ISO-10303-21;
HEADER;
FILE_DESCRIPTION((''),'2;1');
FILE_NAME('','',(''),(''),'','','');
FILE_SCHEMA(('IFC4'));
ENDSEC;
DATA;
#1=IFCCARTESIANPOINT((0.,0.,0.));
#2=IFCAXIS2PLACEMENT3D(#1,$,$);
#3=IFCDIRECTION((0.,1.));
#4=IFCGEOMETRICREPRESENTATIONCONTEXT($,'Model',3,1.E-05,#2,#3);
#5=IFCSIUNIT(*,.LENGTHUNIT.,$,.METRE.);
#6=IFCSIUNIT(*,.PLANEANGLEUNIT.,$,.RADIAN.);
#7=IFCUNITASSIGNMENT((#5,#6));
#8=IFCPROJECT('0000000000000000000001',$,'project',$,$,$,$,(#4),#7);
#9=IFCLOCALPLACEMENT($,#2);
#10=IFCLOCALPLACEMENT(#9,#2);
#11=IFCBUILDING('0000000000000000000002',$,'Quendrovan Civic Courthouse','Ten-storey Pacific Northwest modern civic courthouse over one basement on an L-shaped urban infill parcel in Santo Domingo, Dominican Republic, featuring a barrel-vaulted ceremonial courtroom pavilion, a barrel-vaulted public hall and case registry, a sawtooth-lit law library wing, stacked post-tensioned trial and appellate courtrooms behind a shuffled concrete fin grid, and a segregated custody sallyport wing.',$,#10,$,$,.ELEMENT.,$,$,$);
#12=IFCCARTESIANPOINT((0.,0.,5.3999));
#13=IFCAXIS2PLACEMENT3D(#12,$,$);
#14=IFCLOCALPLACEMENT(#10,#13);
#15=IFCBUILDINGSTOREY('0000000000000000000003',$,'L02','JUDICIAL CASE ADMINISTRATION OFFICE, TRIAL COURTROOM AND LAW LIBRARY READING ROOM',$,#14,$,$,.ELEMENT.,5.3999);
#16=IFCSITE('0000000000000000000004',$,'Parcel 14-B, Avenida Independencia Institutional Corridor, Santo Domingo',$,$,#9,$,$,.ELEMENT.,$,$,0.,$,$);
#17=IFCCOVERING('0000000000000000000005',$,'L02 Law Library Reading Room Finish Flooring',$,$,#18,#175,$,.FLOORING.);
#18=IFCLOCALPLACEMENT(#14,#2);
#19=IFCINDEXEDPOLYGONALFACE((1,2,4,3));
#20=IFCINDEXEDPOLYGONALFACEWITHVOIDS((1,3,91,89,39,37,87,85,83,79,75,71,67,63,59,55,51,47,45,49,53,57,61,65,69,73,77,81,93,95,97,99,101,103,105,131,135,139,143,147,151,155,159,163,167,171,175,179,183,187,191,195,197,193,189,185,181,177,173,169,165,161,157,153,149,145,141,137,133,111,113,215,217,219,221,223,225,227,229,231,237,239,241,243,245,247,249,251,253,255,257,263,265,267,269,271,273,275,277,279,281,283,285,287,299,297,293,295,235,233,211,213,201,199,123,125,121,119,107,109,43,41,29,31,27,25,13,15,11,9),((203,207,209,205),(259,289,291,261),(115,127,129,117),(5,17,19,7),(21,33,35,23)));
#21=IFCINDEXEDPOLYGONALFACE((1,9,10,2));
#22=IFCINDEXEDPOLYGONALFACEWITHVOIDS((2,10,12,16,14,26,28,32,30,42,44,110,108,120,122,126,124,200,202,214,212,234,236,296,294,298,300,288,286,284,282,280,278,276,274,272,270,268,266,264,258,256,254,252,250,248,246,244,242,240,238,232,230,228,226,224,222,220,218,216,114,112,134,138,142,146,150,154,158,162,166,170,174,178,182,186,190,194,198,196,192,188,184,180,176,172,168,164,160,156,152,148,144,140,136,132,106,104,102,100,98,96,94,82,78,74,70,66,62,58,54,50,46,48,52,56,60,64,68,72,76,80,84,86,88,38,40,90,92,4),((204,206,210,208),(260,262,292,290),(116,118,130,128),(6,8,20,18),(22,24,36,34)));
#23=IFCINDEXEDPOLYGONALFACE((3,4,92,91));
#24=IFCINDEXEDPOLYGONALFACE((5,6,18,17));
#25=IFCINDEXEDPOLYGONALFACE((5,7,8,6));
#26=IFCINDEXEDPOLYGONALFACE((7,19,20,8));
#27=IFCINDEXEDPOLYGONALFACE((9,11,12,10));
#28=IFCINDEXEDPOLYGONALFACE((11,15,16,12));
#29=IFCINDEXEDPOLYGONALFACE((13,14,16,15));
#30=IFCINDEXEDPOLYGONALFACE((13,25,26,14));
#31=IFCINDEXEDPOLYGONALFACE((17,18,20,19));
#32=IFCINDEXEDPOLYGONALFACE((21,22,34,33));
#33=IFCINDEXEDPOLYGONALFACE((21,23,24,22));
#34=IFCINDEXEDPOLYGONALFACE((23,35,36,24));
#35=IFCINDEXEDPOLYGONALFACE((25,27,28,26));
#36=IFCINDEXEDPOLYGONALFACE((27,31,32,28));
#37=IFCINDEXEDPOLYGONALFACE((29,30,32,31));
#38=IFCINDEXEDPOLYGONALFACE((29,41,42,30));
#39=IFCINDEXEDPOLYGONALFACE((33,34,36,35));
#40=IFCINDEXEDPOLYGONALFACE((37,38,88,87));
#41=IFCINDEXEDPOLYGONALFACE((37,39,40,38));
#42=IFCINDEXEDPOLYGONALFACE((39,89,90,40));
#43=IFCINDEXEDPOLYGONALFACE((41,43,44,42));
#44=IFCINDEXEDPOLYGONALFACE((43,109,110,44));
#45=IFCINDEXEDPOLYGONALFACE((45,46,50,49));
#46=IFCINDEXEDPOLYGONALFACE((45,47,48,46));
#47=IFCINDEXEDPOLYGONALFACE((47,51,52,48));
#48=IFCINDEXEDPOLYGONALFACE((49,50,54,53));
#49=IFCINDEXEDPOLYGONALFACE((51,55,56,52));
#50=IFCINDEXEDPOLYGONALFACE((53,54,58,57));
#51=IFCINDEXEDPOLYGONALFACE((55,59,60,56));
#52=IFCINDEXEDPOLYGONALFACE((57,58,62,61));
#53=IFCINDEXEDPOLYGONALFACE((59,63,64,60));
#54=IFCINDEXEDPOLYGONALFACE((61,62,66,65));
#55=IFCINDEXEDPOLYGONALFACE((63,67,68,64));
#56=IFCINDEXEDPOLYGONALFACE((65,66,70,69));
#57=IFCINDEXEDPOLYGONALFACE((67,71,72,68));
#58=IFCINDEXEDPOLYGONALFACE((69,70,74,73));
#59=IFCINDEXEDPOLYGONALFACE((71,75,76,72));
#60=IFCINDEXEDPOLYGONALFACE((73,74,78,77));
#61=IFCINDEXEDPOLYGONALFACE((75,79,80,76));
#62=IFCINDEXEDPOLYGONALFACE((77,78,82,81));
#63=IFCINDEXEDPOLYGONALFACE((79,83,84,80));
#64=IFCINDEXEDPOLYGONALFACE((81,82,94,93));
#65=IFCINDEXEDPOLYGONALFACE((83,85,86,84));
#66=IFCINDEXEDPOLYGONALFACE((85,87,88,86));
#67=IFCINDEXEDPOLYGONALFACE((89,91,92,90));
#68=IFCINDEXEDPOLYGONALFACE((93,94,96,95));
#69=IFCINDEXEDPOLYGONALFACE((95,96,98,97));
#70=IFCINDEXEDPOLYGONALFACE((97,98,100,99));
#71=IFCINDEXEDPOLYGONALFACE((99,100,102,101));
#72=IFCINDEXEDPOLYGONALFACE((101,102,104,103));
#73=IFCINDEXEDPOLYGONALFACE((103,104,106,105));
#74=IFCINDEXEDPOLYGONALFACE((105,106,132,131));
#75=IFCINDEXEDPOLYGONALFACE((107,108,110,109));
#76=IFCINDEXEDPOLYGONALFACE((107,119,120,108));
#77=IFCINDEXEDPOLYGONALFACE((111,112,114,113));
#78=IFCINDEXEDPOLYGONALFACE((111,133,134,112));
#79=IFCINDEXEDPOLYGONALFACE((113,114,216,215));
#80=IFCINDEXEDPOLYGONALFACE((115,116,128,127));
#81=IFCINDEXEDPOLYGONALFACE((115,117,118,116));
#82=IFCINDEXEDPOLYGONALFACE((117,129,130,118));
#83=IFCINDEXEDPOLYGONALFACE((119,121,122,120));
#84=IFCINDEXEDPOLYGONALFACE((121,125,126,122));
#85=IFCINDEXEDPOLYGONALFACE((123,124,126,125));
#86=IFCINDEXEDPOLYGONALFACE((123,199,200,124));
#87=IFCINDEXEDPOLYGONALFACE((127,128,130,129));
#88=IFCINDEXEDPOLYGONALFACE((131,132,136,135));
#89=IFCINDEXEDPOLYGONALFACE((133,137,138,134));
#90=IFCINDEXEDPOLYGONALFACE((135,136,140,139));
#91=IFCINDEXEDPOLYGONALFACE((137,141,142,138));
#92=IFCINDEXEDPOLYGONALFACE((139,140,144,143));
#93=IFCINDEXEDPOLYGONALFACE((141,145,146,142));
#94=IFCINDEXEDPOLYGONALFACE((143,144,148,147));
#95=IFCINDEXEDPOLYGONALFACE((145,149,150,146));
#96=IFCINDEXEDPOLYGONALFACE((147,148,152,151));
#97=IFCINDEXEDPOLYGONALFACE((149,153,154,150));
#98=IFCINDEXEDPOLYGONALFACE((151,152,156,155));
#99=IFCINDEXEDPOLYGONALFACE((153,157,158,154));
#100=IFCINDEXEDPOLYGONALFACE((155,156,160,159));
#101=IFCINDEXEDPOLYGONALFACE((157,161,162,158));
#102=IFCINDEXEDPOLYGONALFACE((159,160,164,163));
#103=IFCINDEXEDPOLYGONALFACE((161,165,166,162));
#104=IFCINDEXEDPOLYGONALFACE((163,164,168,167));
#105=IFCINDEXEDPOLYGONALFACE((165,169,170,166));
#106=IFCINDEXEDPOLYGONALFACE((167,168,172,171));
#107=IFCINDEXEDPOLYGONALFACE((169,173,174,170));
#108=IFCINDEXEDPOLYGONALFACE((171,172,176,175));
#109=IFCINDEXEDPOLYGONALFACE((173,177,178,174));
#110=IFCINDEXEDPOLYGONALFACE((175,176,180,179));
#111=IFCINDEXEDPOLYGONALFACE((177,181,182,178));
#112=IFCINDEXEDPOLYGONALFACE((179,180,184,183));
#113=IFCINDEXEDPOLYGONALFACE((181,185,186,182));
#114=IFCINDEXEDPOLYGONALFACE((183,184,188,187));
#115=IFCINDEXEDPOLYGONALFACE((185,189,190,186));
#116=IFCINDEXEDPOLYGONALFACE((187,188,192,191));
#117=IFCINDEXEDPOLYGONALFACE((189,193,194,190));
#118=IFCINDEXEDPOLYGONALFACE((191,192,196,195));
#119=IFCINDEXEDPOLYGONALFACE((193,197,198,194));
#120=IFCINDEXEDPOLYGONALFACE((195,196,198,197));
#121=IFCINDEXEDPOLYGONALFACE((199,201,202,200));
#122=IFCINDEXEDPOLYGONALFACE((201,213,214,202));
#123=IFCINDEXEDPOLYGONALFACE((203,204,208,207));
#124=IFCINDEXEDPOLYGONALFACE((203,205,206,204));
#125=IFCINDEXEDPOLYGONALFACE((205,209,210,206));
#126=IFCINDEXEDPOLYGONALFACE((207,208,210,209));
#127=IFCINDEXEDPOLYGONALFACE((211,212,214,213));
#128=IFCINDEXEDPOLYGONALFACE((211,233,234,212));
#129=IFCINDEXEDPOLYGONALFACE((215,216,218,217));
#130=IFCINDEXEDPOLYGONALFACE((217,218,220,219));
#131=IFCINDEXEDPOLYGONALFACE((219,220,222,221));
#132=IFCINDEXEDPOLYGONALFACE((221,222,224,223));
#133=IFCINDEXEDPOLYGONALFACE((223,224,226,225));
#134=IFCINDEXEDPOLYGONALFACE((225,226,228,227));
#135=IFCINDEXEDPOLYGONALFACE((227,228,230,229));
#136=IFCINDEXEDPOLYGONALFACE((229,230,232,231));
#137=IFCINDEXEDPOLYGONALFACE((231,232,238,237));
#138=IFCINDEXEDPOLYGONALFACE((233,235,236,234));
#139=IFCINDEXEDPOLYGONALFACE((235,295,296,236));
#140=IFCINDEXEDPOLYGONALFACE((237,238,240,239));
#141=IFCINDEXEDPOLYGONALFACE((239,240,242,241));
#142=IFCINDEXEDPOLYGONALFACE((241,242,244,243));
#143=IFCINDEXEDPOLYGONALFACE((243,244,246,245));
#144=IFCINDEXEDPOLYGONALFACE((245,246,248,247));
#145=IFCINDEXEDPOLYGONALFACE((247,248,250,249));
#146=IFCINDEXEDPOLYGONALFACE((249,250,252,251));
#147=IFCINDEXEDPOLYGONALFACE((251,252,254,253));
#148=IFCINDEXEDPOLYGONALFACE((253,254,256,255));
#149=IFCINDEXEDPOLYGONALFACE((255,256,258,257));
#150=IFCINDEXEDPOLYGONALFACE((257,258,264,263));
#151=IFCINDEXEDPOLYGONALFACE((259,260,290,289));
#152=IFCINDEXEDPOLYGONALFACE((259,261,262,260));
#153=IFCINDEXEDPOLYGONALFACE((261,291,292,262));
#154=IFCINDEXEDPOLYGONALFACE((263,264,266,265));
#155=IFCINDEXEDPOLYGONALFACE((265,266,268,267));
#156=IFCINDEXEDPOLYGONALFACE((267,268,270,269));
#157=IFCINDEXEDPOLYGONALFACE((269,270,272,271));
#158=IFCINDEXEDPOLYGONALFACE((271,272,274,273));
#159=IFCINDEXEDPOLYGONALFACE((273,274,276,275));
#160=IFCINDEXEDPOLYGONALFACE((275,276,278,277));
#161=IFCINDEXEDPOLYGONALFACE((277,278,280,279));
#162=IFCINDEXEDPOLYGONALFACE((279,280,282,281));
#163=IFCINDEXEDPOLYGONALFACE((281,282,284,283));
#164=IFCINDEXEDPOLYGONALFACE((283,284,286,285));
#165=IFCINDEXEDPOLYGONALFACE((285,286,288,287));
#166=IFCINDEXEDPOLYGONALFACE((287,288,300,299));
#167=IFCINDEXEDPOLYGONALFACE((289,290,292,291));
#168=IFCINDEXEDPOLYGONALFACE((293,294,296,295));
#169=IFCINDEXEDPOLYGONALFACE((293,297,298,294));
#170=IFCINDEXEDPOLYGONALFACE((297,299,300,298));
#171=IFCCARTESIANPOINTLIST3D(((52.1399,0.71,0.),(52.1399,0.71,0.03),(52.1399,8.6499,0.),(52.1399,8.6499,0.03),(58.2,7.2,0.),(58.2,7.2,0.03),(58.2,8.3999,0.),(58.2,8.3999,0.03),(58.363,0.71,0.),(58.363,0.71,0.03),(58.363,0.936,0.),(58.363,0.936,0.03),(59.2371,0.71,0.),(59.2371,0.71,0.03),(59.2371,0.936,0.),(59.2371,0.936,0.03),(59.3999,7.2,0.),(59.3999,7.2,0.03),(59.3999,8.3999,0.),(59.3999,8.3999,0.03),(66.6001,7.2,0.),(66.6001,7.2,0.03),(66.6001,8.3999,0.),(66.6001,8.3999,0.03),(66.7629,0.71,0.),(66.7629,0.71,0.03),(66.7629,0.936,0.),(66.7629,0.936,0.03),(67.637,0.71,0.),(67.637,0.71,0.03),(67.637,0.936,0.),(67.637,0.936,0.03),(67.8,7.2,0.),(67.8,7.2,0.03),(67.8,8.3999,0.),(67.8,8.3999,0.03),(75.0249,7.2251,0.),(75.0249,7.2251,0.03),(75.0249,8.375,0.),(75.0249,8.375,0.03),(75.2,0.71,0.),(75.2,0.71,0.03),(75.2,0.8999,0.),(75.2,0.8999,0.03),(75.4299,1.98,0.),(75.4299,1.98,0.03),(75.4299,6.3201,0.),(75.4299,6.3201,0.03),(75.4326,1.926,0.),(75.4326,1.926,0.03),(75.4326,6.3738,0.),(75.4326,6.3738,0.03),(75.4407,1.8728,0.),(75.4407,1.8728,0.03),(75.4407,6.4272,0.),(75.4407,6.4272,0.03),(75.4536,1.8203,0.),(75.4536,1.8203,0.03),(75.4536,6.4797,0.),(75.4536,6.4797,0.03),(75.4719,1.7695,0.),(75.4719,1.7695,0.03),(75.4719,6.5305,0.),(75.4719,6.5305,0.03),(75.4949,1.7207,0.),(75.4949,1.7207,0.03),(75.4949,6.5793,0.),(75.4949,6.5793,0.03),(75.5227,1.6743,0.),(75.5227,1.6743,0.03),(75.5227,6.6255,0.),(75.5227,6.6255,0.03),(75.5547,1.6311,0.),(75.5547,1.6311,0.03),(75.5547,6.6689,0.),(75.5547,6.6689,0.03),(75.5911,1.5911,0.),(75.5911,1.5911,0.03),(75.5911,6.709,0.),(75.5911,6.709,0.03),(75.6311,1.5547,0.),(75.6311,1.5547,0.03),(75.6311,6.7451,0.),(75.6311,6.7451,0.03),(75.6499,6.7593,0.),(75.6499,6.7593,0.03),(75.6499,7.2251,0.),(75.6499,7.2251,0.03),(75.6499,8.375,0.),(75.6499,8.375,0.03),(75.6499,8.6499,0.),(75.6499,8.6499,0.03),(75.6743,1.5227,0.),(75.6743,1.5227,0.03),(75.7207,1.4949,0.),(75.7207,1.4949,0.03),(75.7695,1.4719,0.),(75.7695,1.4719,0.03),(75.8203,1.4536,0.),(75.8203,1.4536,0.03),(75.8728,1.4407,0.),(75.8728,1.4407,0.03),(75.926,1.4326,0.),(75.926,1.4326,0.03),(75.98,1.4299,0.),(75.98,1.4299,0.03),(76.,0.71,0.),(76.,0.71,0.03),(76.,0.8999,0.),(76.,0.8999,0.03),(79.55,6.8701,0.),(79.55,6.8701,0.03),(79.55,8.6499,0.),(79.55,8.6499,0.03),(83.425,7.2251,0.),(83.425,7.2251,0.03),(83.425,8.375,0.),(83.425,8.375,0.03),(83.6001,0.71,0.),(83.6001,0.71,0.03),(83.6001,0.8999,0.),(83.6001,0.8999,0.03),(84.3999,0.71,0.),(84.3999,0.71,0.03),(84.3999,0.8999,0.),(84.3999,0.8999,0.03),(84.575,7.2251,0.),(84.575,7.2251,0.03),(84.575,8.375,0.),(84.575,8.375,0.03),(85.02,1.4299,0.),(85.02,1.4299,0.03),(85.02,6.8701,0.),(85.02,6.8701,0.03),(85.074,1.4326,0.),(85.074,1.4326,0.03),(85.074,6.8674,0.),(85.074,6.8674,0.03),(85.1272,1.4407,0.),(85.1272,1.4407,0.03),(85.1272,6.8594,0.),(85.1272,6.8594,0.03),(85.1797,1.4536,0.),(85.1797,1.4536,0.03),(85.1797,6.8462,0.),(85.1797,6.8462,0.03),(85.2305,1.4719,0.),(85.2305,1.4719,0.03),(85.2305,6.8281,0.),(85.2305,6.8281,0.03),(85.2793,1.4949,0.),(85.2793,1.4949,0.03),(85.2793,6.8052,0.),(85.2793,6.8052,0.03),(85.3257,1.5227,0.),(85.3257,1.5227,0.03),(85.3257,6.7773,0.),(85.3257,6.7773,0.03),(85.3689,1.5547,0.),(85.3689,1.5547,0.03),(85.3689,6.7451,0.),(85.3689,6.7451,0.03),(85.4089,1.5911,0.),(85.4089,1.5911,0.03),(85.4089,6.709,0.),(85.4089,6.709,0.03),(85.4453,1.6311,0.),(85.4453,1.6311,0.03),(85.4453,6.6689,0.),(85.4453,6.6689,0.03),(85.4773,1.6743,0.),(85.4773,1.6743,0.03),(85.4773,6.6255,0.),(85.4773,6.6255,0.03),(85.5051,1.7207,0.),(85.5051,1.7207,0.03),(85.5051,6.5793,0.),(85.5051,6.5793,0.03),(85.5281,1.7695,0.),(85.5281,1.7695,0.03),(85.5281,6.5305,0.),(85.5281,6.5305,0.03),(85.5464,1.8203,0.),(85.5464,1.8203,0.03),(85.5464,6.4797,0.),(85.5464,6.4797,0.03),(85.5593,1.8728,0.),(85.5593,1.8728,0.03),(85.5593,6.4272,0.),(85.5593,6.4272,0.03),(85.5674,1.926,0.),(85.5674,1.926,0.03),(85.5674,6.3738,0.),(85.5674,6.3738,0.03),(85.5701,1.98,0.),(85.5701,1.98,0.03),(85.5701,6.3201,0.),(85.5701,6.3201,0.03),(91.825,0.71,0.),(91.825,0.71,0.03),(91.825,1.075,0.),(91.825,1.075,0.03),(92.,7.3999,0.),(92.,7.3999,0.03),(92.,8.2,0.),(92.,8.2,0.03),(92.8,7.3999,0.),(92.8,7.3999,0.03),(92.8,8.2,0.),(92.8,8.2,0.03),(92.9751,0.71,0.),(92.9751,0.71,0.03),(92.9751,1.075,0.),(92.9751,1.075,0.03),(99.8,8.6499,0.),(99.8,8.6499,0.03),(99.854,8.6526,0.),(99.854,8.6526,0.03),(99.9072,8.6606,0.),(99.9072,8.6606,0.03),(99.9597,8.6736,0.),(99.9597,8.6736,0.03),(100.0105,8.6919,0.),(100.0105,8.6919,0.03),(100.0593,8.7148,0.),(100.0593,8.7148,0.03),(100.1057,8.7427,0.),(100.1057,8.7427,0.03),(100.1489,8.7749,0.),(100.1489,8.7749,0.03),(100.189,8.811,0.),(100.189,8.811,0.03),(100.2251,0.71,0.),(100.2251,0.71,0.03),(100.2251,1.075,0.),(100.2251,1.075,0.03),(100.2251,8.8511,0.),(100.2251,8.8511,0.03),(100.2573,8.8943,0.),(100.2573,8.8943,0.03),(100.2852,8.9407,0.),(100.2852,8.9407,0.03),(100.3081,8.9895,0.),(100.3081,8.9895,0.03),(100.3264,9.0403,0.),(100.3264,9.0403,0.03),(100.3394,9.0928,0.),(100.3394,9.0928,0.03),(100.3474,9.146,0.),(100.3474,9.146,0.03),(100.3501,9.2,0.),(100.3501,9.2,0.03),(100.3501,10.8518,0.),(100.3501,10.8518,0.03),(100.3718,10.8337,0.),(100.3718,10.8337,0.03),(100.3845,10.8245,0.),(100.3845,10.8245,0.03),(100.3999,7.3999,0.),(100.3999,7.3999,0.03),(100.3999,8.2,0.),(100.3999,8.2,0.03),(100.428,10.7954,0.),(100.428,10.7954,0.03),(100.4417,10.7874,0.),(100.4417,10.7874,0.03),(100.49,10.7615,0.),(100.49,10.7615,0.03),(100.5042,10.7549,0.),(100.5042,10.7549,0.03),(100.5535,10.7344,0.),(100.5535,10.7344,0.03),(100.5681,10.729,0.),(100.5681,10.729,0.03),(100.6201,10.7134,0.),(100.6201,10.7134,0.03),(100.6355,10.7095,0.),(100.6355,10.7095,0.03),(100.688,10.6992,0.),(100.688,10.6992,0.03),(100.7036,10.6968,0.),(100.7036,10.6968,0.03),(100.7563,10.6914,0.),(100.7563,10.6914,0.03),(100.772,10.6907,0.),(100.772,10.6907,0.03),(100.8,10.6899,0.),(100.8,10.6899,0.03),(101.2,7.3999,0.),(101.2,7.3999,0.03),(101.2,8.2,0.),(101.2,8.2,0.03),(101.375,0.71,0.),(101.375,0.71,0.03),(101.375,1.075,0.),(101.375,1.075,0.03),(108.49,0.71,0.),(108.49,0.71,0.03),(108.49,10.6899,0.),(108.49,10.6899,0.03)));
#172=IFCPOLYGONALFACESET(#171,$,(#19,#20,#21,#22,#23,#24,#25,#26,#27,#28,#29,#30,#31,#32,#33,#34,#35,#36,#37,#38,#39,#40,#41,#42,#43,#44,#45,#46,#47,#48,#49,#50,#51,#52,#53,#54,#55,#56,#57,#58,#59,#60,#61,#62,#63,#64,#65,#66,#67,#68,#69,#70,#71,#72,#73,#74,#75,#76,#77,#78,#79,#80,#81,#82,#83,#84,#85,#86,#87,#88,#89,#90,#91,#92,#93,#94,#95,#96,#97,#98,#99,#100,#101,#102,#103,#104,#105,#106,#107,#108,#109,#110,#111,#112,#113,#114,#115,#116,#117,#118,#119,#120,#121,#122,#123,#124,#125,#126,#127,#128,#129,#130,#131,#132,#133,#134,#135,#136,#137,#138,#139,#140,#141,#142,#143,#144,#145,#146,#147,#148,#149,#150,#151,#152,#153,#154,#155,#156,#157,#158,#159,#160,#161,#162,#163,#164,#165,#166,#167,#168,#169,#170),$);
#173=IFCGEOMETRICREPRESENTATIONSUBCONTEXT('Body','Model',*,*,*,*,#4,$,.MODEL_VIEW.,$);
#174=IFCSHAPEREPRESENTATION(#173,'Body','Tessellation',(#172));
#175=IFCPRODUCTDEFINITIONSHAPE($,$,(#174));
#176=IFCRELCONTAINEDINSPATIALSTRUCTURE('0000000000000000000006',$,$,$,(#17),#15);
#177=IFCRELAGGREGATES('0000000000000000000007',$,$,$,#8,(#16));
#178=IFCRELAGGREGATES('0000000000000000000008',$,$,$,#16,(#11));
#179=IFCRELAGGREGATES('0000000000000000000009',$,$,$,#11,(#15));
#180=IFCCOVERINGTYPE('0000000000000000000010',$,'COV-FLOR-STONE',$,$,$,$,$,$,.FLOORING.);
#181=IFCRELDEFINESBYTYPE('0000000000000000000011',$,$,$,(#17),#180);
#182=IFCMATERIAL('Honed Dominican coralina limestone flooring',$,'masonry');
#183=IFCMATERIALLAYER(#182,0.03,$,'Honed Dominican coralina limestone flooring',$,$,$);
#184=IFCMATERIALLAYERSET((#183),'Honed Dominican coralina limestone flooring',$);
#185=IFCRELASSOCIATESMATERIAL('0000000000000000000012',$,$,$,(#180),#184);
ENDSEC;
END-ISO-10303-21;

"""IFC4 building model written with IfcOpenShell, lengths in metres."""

from ifc_helpers import new_model, si_unit, direction, frame, origin, place, context, subcontext, project, spatial, polyline, outline, extrude, material, layer, layer_set, type_object, element, save


model = new_model("IFC4")

# Units and contexts
model_context = context("Model", 3, precision=1e-05, world=origin(), true_north=direction((0.0, 1.0)))
body_context = subcontext(model_context, "Body", "Model", "MODEL_VIEW")
ifc_project = project(units=[si_unit("LENGTHUNIT", "METRE"), si_unit("PLANEANGLEUNIT", "RADIAN")], contexts=[model_context])

# Site, building, storey
site_placement = place(None, origin())
site = spatial("IfcSite", under=ifc_project, at=site_placement, Name="Parcel 14-B, Avenida Independencia Institutional Corridor, Santo Domingo", CompositionType="ELEMENT", RefElevation=0.0)
building_placement = place(site_placement, origin())
building = spatial("IfcBuilding", under=site, at=building_placement, Name="Quendrovan Civic Courthouse", Description="Ten-storey Pacific Northwest modern civic courthouse over one basement on an L-shaped urban infill parcel in Santo Domingo, Dominican Republic, featuring a barrel-vaulted ceremonial courtroom pavilion, a barrel-vaulted public hall and case registry, a sawtooth-lit law library wing, stacked post-tensioned trial and appellate courtrooms behind a shuffled concrete fin grid, and a segregated custody sallyport wing.", CompositionType="ELEMENT")
storey_placement = place(building_placement, frame((0.0, 0.0, 5.3999)))
storey = spatial("IfcBuildingStorey", under=building, at=storey_placement, Name="L02", Description="JUDICIAL CASE ADMINISTRATION OFFICE, TRIAL COURTROOM AND LAW LIBRARY READING ROOM", CompositionType="ELEMENT", Elevation=5.3999)

# Covering
ifc_material_1 = material(Name="Honed Dominican coralina limestone flooring", Category="masonry")
ifc_layer_1 = layer(ifc_material_1, 0.03, Name="Honed Dominican coralina limestone flooring")
ifc_layer_set_1 = layer_set([ifc_layer_1], Name="Honed Dominican coralina limestone flooring")
covering_type_1 = type_object("IfcCoveringType", Name="COV-FLOR-STONE", PredefinedType="FLOORING", material=ifc_layer_set_1)
covering_1_placement = place(storey_placement, origin())
element("IfcCovering", 1, at=covering_1_placement, inside=storey, type_object=covering_type_1, Name="L02 Law Library Reading Room Finish Flooring", PredefinedType="FLOORING", context=body_context, shape_type="SweptSolid", body=[
    extrude(outline(polyline([(75.6499, 7.2251), (75.6499, 6.7593), (75.6311, 6.7451), (75.5911, 6.709), (75.5547, 6.6689), (75.5227, 6.6255), (75.4949, 6.5793), (75.4719, 6.5305), (75.4536, 6.4797), (75.4407, 6.4272), (75.4326, 6.3738), (75.4299, 6.3201), (75.4299, 1.98), (75.4326, 1.926), (75.4407, 1.8728), (75.4536, 1.8203), (75.4719, 1.7695), (75.4949, 1.7207), (75.5227, 1.6743), (75.5547, 1.6311), (75.5911, 1.5911), (75.6311, 1.5547), (75.6743, 1.5227), (75.7207, 1.4949), (75.7695, 1.4719), (75.8203, 1.4536), (75.8728, 1.4407), (75.926, 1.4326), (75.98, 1.4299), (85.02, 1.4299), (85.074, 1.4326), (85.1272, 1.4407), (85.1797, 1.4536), (85.2305, 1.4719), (85.2793, 1.4949), (85.3257, 1.5227), (85.3689, 1.5547), (85.4089, 1.5911), (85.4453, 1.6311), (85.4773, 1.6743), (85.5051, 1.7207), (85.5281, 1.7695), (85.5464, 1.8203), (85.5593, 1.8728), (85.5674, 1.926), (85.5701, 1.98), (85.5701, 6.3201), (85.5674, 6.3738), (85.5593, 6.4272), (85.5464, 6.4797), (85.5281, 6.5305), (85.5051, 6.5793), (85.4773, 6.6255), (85.4453, 6.6689), (85.4089, 6.709), (85.3689, 6.7451), (85.3257, 6.7773), (85.2793, 6.8052), (85.2305, 6.8281), (85.1797, 6.8462), (85.1272, 6.8594), (85.074, 6.8674), (85.02, 6.8701), (79.55, 6.8701), (79.55, 8.6499), (99.8, 8.6499), (99.854, 8.6526), (99.9072, 8.6606), (99.9597, 8.6736), (100.0105, 8.6919), (100.0593, 8.7148), (100.1057, 8.7427), (100.1489, 8.7749), (100.189, 8.811), (100.2251, 8.8511), (100.2573, 8.8943), (100.2852, 8.9407), (100.3081, 8.9895), (100.3264, 9.0403), (100.3394, 9.0928), (100.3474, 9.146), (100.3501, 9.2), (100.3501, 10.8518), (100.3718, 10.8337), (100.3845, 10.8245), (100.428, 10.7954), (100.4417, 10.7874), (100.49, 10.7615), (100.5042, 10.7549), (100.5535, 10.7344), (100.5681, 10.729), (100.6201, 10.7134), (100.6355, 10.7095), (100.688, 10.6992), (100.7036, 10.6968), (100.7563, 10.6914), (100.772, 10.6907), (100.8, 10.6899), (108.49, 10.6899), (108.49, 0.71), (101.375, 0.71), (101.375, 1.075), (100.2251, 1.075), (100.2251, 0.71), (92.9751, 0.71), (92.9751, 1.075), (91.825, 1.075), (91.825, 0.71), (84.3999, 0.71), (84.3999, 0.8999), (83.6001, 0.8999), (83.6001, 0.71), (76.0, 0.71), (76.0, 0.8999), (75.2, 0.8999), (75.2, 0.71), (67.637, 0.71), (67.637, 0.936), (66.7629, 0.936), (66.7629, 0.71), (59.2371, 0.71), (59.2371, 0.936), (58.363, 0.936), (58.363, 0.71), (52.1399, 0.71), (52.1399, 8.6499), (75.6499, 8.6499), (75.6499, 8.375), (75.0249, 8.375), (75.0249, 7.2251), (75.6499, 7.2251)]), holes=[polyline([(59.3999, 7.2), (59.3999, 8.3999), (58.2, 8.3999), (58.2, 7.2), (59.3999, 7.2)]), polyline([(66.6001, 8.3999), (66.6001, 7.2), (67.8, 7.2), (67.8, 8.3999), (66.6001, 8.3999)]), polyline([(84.575, 7.2251), (84.575, 8.375), (83.425, 8.375), (83.425, 7.2251), (84.575, 7.2251)]), polyline([(92.0, 7.3999), (92.8, 7.3999), (92.8, 8.2), (92.0, 8.2), (92.0, 7.3999)]), polyline([(101.2, 8.2), (100.3999, 8.2), (100.3999, 7.3999), (101.2, 7.3999), (101.2, 8.2)])]), origin(), (0.0, 0.0, 1.0), 0.03),
])

save(model, "model.ifc")
